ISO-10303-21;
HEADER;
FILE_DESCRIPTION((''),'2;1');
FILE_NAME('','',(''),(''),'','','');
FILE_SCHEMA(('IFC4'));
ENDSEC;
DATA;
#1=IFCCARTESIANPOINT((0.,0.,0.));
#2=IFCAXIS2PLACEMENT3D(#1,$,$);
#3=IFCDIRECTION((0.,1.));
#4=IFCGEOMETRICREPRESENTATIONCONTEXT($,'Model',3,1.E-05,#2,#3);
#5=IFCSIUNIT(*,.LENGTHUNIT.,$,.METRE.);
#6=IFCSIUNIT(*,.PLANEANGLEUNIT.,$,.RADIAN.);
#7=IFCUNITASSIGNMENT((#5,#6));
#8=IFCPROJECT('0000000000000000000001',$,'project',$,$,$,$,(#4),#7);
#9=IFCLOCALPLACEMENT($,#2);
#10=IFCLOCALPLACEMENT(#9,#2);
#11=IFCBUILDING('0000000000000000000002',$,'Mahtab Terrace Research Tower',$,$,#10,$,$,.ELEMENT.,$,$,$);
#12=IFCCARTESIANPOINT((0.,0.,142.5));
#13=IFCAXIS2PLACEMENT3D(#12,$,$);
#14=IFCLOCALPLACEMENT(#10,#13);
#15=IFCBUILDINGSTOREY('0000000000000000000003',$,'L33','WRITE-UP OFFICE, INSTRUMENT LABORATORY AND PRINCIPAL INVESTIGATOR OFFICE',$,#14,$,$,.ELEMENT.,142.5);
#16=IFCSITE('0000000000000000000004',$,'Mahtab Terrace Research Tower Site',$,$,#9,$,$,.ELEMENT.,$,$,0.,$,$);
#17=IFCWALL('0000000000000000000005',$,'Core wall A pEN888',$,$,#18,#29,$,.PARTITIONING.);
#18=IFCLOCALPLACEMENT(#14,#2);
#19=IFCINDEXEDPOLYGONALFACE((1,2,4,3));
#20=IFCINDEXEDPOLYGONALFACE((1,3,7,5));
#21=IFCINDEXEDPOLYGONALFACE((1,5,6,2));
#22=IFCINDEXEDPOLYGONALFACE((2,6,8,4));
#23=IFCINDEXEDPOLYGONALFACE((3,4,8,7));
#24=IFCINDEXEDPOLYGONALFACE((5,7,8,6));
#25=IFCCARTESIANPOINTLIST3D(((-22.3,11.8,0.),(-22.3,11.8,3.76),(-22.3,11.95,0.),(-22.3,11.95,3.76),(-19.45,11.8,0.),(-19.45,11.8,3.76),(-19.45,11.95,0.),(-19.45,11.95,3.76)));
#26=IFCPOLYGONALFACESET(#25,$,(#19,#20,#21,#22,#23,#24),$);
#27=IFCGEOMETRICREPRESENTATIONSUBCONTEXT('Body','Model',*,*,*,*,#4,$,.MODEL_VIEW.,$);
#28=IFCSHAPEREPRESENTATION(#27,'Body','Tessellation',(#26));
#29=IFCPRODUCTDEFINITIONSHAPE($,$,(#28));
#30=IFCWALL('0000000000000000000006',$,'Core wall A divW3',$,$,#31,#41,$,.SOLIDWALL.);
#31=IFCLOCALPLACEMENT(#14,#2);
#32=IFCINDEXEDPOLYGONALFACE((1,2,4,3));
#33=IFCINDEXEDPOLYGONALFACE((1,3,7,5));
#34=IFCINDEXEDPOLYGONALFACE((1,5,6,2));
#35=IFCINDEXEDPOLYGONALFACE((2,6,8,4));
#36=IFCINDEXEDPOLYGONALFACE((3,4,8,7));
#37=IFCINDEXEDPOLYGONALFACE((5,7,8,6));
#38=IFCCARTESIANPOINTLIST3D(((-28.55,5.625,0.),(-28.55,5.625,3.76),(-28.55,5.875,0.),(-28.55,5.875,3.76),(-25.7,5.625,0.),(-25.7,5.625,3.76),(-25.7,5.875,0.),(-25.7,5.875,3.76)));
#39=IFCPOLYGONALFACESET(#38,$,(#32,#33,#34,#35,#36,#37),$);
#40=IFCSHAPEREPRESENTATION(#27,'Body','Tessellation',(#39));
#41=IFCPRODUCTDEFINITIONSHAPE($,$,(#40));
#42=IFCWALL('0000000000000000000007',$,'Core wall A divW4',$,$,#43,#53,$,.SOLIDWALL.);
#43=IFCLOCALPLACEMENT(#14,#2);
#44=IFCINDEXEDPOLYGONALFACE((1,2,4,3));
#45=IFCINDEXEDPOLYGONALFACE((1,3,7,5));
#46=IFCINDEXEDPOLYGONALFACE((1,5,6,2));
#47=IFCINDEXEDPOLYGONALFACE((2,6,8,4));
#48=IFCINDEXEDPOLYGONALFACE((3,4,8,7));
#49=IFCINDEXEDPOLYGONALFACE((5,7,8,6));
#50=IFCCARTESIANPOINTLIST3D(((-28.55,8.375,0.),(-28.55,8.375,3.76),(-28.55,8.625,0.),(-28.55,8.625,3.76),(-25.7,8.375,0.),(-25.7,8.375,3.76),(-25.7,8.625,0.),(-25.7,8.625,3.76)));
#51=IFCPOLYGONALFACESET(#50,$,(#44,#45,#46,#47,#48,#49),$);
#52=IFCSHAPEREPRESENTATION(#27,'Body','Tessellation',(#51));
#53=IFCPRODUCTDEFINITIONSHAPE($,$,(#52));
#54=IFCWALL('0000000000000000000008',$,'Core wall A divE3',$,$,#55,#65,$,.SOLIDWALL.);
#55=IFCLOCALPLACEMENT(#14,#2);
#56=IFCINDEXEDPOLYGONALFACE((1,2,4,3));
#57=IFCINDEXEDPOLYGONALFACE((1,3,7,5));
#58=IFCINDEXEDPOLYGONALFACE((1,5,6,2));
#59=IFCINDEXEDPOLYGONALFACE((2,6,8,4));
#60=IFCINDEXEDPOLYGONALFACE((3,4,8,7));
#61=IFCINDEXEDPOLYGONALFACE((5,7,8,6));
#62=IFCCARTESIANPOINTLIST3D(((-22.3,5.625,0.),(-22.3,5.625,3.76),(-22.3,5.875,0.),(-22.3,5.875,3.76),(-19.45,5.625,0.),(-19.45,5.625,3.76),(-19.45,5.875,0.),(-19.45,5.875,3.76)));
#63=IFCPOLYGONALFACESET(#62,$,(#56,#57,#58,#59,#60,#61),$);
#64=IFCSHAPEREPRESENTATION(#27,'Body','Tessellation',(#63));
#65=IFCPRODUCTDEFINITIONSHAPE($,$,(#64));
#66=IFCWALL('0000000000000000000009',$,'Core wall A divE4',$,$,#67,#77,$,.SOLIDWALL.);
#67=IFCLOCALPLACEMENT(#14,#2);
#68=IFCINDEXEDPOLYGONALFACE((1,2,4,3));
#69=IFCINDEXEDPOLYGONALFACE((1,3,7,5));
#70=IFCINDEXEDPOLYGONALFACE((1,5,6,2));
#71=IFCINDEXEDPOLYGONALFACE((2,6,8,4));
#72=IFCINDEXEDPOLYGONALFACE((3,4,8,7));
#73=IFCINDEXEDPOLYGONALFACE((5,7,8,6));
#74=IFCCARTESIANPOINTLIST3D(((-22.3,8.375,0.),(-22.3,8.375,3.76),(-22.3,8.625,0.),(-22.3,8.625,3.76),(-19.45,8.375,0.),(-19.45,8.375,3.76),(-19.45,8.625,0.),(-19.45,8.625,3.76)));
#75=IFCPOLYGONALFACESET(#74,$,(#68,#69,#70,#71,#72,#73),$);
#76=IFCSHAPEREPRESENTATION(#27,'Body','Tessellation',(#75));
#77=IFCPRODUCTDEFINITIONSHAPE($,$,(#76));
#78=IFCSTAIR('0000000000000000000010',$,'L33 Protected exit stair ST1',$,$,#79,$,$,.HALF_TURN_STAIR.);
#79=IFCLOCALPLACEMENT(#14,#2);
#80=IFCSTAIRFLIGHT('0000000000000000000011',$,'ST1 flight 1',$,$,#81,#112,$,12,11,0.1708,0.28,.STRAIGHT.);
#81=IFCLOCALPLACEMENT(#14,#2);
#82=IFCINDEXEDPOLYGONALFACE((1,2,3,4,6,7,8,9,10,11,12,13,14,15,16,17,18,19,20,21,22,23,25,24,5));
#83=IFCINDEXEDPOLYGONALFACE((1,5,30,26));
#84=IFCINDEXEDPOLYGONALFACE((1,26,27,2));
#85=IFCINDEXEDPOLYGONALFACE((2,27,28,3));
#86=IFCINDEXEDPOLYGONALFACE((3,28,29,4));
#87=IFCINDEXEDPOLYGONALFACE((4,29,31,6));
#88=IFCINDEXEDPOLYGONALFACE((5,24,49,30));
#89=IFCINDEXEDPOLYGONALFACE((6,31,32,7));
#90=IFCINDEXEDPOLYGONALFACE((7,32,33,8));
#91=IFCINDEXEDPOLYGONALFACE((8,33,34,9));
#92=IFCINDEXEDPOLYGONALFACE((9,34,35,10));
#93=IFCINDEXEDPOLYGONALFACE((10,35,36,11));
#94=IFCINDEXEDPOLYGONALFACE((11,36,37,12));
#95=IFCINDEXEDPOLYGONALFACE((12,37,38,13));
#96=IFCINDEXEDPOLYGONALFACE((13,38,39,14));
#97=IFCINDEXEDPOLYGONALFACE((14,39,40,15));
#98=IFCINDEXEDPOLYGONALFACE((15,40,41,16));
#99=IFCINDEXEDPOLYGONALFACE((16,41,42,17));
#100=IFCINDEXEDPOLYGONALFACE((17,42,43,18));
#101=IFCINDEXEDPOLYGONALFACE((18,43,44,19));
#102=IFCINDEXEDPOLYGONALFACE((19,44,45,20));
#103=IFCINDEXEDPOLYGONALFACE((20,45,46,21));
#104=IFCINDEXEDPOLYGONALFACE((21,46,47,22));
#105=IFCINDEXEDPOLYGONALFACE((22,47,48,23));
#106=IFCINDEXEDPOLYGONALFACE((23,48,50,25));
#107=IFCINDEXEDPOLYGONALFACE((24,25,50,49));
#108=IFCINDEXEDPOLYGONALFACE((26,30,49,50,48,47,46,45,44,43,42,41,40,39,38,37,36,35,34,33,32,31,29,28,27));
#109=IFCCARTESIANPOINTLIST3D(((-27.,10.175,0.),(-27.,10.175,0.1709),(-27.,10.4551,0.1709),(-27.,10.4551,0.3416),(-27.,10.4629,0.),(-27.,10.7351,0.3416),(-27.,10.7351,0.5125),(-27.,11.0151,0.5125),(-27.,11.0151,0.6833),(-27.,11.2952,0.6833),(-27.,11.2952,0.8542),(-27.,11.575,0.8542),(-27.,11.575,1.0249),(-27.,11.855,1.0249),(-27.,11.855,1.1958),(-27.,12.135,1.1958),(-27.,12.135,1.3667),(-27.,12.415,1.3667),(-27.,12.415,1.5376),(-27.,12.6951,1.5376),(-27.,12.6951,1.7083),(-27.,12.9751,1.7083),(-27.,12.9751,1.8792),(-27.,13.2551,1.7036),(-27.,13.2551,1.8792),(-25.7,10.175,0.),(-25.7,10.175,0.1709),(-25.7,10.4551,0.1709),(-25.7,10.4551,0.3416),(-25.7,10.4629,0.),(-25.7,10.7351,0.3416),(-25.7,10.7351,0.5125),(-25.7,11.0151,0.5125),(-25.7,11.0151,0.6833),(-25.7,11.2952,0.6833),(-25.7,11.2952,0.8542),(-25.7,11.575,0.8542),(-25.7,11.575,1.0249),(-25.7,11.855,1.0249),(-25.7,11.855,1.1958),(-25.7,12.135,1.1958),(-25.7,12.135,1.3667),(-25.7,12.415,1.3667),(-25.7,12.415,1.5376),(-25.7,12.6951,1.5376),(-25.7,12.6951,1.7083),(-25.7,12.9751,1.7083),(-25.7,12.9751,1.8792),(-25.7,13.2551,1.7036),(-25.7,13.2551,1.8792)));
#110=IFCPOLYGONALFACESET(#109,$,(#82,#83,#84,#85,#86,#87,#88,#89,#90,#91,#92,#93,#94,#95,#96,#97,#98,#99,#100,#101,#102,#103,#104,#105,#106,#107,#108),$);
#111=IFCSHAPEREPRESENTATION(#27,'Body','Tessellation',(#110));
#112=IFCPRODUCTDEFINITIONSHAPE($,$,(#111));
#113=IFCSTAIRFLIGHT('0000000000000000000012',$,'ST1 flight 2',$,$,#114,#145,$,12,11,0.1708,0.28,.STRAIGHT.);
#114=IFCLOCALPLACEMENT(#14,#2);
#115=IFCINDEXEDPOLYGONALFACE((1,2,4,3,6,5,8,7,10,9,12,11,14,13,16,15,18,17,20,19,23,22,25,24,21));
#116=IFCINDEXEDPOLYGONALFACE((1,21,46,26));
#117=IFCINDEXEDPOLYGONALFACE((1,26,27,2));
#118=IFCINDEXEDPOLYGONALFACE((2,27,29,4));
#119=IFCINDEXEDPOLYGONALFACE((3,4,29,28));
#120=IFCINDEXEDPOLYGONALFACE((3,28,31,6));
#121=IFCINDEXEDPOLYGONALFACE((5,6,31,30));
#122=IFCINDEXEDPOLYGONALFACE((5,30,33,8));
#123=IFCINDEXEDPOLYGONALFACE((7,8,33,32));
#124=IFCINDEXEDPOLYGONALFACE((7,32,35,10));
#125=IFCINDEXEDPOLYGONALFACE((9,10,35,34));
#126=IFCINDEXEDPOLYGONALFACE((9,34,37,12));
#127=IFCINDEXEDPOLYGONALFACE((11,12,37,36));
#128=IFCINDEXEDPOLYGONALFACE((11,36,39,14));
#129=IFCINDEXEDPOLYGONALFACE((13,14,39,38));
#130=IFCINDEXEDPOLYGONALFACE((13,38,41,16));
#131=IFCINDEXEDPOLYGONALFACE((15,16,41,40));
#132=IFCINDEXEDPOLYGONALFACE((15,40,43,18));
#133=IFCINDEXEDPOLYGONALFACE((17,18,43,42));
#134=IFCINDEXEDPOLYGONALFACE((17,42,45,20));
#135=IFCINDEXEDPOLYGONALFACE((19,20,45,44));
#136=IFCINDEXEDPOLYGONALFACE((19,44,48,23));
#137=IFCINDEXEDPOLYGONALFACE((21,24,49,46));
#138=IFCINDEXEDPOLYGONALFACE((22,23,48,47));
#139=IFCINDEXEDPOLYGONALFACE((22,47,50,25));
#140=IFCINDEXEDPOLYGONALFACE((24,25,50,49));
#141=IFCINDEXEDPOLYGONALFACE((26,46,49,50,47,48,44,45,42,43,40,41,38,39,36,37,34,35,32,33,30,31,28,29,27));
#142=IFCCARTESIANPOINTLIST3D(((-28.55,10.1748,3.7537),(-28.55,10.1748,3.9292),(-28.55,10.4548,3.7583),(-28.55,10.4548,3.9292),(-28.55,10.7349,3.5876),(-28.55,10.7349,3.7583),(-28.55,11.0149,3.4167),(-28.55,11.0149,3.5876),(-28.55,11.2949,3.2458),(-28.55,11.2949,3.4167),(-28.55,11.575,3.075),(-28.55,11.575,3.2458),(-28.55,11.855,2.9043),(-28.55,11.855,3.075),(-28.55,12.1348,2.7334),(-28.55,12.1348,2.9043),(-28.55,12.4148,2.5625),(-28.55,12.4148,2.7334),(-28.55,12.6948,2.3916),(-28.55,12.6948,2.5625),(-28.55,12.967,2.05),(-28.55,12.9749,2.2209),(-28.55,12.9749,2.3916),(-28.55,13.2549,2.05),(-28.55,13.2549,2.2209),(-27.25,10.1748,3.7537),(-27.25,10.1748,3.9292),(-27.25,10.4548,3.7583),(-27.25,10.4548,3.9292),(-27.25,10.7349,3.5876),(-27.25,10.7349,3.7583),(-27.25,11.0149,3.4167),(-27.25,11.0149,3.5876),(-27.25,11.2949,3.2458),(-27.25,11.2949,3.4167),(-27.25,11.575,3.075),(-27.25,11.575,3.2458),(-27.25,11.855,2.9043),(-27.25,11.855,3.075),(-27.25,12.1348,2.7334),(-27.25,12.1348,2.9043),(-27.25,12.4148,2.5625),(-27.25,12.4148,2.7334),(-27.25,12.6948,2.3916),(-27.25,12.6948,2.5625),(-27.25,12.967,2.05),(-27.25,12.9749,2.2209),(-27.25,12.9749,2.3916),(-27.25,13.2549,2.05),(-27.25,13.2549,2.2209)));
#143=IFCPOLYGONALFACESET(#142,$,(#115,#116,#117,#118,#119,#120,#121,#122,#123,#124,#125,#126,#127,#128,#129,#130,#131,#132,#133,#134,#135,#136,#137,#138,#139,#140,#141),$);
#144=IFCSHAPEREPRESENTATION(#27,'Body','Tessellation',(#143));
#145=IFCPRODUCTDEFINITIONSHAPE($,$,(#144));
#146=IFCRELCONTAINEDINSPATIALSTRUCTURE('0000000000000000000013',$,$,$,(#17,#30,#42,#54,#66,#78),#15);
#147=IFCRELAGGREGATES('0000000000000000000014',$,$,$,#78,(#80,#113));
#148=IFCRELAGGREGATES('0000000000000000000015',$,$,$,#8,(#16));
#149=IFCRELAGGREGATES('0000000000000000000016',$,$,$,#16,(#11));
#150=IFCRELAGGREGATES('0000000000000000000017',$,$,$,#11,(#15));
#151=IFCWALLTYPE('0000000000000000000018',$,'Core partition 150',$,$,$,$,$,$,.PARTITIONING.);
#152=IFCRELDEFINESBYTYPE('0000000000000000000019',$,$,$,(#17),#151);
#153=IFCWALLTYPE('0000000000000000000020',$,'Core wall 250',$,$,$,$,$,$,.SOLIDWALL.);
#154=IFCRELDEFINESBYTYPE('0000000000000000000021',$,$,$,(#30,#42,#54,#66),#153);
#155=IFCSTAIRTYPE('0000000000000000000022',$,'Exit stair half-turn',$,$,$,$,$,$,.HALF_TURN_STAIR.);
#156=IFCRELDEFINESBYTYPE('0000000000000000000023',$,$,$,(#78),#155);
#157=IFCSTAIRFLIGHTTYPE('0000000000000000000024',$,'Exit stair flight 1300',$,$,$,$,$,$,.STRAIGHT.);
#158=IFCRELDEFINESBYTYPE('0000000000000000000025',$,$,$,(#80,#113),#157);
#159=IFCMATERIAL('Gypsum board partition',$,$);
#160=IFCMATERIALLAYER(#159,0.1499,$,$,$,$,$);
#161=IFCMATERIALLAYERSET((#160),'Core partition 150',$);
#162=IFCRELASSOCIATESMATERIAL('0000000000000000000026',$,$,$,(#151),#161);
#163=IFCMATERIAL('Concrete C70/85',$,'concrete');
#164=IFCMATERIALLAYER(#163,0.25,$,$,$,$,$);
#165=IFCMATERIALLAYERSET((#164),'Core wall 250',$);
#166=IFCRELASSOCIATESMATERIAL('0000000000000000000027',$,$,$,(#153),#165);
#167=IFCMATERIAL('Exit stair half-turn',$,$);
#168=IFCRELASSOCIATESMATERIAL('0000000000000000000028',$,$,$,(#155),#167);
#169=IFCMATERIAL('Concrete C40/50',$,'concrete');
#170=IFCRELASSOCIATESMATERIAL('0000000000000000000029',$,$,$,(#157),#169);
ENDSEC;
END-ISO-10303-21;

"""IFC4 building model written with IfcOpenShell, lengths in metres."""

from ifc_helpers import new_model, si_unit, direction, frame, frame_2d, origin, place, context, subcontext, project, spatial, polyline, rectangle, outline, extrude, material, layer, layer_set, type_object, element, aggregate, save


model = new_model("IFC4")

# Units and contexts
model_context = context("Model", 3, precision=1e-05, world=origin(), true_north=direction((0.0, 1.0)))
body_context = subcontext(model_context, "Body", "Model", "MODEL_VIEW")
ifc_project = project(units=[si_unit("LENGTHUNIT", "METRE"), si_unit("PLANEANGLEUNIT", "RADIAN")], contexts=[model_context])

# Site, building, storey
site_placement = place(None, origin())
site = spatial("IfcSite", under=ifc_project, at=site_placement, Name="Mahtab Terrace Research Tower Site", CompositionType="ELEMENT", RefElevation=0.0)
building_placement = place(site_placement, origin())
building = spatial("IfcBuilding", under=site, at=building_placement, Name="Mahtab Terrace Research Tower", CompositionType="ELEMENT")
storey_placement = place(building_placement, frame((0.0, 0.0, 142.5)))
storey = spatial("IfcBuildingStorey", under=building, at=storey_placement, Name="L33", Description="WRITE-UP OFFICE, INSTRUMENT LABORATORY AND PRINCIPAL INVESTIGATOR OFFICE", CompositionType="ELEMENT", Elevation=142.5)

# Walls
ifc_material_1 = material(Name="Gypsum board partition")
ifc_layer_1 = layer(ifc_material_1, 0.1499)
ifc_layer_set_1 = layer_set([ifc_layer_1], Name="Core partition 150")
wall_type_1 = type_object("IfcWallType", Name="Core partition 150", PredefinedType="PARTITIONING", material=ifc_layer_set_1)
wall_placement = place(storey_placement, frame((-22.3, 11.875, 0.0), z_axis=(0.0, 0.0, 1.0), x_axis=(1.0, 0.0, 0.0)))
element("IfcWall", 1, at=wall_placement, inside=storey, type_object=wall_type_1, Name="Core wall A pEN888", PredefinedType="PARTITIONING", context=body_context, shape_type="SweptSolid", body=[
    extrude(rectangle(XDim=2.8501, YDim=0.1499, at=frame_2d((1.425, 0.0))), origin(), (0.0, 0.0, 1.0), 3.76),
])
ifc_material_2 = material(Name="Concrete C70/85", Category="concrete")
ifc_layer_2 = layer(ifc_material_2, 0.25)
ifc_layer_set_2 = layer_set([ifc_layer_2], Name="Core wall 250")
wall_type_2 = type_object("IfcWallType", Name="Core wall 250", PredefinedType="SOLIDWALL", material=ifc_layer_set_2)
for number, where, z_axis, x_axis, name in (
    (2, (-28.55, 5.75, 0.0), (0.0, 0.0, 1.0), (1.0, 0.0, 0.0), "Core wall A divW3"),
    (3, (-28.55, 8.5, 0.0), (0.0, 0.0, 1.0), (1.0, 0.0, 0.0), "Core wall A divW4"),
    (4, (-22.3, 5.75, 0.0), (0.0, 0.0, 1.0), (1.0, 0.0, 0.0), "Core wall A divE3"),
    (5, (-22.3, 8.5, 0.0), (0.0, 0.0, 1.0), (1.0, 0.0, 0.0), "Core wall A divE4"),
):
    element("IfcWall", number, at=place(storey_placement, frame(where, z_axis=z_axis, x_axis=x_axis)), inside=storey, type_object=wall_type_2, Name=name, PredefinedType="SOLIDWALL", context=body_context, shape_type="SweptSolid", body=[
        extrude(rectangle(XDim=2.8501, YDim=0.25, at=frame_2d((1.425, 0.0))), origin(), (0.0, 0.0, 1.0), 3.76),
    ])

# Stair, stair flights
ifc_material_3 = material(Name="Exit stair half-turn")
stair_type = type_object("IfcStairType", Name="Exit stair half-turn", PredefinedType="HALF_TURN_STAIR", material=ifc_material_3)
stair_placement = place(storey_placement, origin())
stair = element("IfcStair", 6, at=stair_placement, inside=storey, type_object=stair_type, Name="L33 Protected exit stair ST1", PredefinedType="HALF_TURN_STAIR")
ifc_material_4 = material(Name="Concrete C40/50", Category="concrete")
stair_flight_type = type_object("IfcStairFlightType", Name="Exit stair flight 1300", PredefinedType="STRAIGHT", material=ifc_material_4)
stair_flight_1_placement = place(storey_placement, frame((-26.3501, 10.175, 0.0), z_axis=(0.0, 0.0, 1.0), x_axis=(0.0, 1.0, 0.0)))
stair_flight_1 = element("IfcStairFlight", 7, at=stair_flight_1_placement, type_object=stair_flight_type, Name="ST1 flight 1", NumberOfRisers=12, NumberOfTreads=11, PredefinedType="STRAIGHT", RiserHeight=0.1708, TreadLength=0.28, context=body_context, shape_type="SweptSolid", body=[
    extrude(outline(polyline([(0.0, 0.0), (0.0, 0.1709), (0.28, 0.1709), (0.28, 0.3416), (0.5601, 0.3416), (0.5601, 0.5125), (0.8401, 0.5125), (0.8401, 0.6833), (1.1201, 0.6833), (1.1201, 0.8542), (1.3999, 0.8542), (1.3999, 1.0249), (1.6799, 1.0249), (1.6799, 1.1958), (1.96, 1.1958), (1.96, 1.3667), (2.24, 1.3667), (2.24, 1.5376), (2.52, 1.5376), (2.52, 1.7083), (2.8, 1.7083), (2.8, 1.8792), (3.0801, 1.8792), (3.0801, 2.05), (3.0801, 1.7036), (0.2878, 0.0), (0.0, 0.0)])), frame((0.0, 0.6499, 0.0), z_axis=(0.0, -1.0, 0.0), x_axis=(1.0, 0.0, 0.0)), (0.0, 0.0, 1.0), 1.3),
])
stair_flight_2_placement = place(storey_placement, frame((-27.8999, 13.2549, 2.05), z_axis=(0.0, 0.0, 1.0), x_axis=(0.0, -1.0, 0.0)))
stair_flight_2 = element("IfcStairFlight", 8, at=stair_flight_2_placement, type_object=stair_flight_type, Name="ST1 flight 2", NumberOfRisers=12, NumberOfTreads=11, PredefinedType="STRAIGHT", RiserHeight=0.1708, TreadLength=0.28, context=body_context, shape_type="SweptSolid", body=[
    extrude(outline(polyline([(0.0, 0.0), (0.0, 0.1709), (0.28, 0.1709), (0.28, 0.3416), (0.5601, 0.3416), (0.5601, 0.5125), (0.8401, 0.5125), (0.8401, 0.6833), (1.1201, 0.6833), (1.1201, 0.8542), (1.3999, 0.8542), (1.3999, 1.0249), (1.6799, 1.0249), (1.6799, 1.1958), (1.96, 1.1958), (1.96, 1.3667), (2.24, 1.3667), (2.24, 1.5376), (2.52, 1.5376), (2.52, 1.7083), (2.8, 1.7083), (2.8, 1.8792), (3.0801, 1.8792), (3.0801, 2.05), (3.0801, 1.7036), (0.2878, 0.0), (0.0, 0.0)])), frame((0.0, 0.6499, 0.0), z_axis=(0.0, -1.0, 0.0), x_axis=(1.0, 0.0, 0.0)), (0.0, 0.0, 1.0), 1.3),
])
aggregate(stair, [stair_flight_1, stair_flight_2])

save(model, "model.ifc")
